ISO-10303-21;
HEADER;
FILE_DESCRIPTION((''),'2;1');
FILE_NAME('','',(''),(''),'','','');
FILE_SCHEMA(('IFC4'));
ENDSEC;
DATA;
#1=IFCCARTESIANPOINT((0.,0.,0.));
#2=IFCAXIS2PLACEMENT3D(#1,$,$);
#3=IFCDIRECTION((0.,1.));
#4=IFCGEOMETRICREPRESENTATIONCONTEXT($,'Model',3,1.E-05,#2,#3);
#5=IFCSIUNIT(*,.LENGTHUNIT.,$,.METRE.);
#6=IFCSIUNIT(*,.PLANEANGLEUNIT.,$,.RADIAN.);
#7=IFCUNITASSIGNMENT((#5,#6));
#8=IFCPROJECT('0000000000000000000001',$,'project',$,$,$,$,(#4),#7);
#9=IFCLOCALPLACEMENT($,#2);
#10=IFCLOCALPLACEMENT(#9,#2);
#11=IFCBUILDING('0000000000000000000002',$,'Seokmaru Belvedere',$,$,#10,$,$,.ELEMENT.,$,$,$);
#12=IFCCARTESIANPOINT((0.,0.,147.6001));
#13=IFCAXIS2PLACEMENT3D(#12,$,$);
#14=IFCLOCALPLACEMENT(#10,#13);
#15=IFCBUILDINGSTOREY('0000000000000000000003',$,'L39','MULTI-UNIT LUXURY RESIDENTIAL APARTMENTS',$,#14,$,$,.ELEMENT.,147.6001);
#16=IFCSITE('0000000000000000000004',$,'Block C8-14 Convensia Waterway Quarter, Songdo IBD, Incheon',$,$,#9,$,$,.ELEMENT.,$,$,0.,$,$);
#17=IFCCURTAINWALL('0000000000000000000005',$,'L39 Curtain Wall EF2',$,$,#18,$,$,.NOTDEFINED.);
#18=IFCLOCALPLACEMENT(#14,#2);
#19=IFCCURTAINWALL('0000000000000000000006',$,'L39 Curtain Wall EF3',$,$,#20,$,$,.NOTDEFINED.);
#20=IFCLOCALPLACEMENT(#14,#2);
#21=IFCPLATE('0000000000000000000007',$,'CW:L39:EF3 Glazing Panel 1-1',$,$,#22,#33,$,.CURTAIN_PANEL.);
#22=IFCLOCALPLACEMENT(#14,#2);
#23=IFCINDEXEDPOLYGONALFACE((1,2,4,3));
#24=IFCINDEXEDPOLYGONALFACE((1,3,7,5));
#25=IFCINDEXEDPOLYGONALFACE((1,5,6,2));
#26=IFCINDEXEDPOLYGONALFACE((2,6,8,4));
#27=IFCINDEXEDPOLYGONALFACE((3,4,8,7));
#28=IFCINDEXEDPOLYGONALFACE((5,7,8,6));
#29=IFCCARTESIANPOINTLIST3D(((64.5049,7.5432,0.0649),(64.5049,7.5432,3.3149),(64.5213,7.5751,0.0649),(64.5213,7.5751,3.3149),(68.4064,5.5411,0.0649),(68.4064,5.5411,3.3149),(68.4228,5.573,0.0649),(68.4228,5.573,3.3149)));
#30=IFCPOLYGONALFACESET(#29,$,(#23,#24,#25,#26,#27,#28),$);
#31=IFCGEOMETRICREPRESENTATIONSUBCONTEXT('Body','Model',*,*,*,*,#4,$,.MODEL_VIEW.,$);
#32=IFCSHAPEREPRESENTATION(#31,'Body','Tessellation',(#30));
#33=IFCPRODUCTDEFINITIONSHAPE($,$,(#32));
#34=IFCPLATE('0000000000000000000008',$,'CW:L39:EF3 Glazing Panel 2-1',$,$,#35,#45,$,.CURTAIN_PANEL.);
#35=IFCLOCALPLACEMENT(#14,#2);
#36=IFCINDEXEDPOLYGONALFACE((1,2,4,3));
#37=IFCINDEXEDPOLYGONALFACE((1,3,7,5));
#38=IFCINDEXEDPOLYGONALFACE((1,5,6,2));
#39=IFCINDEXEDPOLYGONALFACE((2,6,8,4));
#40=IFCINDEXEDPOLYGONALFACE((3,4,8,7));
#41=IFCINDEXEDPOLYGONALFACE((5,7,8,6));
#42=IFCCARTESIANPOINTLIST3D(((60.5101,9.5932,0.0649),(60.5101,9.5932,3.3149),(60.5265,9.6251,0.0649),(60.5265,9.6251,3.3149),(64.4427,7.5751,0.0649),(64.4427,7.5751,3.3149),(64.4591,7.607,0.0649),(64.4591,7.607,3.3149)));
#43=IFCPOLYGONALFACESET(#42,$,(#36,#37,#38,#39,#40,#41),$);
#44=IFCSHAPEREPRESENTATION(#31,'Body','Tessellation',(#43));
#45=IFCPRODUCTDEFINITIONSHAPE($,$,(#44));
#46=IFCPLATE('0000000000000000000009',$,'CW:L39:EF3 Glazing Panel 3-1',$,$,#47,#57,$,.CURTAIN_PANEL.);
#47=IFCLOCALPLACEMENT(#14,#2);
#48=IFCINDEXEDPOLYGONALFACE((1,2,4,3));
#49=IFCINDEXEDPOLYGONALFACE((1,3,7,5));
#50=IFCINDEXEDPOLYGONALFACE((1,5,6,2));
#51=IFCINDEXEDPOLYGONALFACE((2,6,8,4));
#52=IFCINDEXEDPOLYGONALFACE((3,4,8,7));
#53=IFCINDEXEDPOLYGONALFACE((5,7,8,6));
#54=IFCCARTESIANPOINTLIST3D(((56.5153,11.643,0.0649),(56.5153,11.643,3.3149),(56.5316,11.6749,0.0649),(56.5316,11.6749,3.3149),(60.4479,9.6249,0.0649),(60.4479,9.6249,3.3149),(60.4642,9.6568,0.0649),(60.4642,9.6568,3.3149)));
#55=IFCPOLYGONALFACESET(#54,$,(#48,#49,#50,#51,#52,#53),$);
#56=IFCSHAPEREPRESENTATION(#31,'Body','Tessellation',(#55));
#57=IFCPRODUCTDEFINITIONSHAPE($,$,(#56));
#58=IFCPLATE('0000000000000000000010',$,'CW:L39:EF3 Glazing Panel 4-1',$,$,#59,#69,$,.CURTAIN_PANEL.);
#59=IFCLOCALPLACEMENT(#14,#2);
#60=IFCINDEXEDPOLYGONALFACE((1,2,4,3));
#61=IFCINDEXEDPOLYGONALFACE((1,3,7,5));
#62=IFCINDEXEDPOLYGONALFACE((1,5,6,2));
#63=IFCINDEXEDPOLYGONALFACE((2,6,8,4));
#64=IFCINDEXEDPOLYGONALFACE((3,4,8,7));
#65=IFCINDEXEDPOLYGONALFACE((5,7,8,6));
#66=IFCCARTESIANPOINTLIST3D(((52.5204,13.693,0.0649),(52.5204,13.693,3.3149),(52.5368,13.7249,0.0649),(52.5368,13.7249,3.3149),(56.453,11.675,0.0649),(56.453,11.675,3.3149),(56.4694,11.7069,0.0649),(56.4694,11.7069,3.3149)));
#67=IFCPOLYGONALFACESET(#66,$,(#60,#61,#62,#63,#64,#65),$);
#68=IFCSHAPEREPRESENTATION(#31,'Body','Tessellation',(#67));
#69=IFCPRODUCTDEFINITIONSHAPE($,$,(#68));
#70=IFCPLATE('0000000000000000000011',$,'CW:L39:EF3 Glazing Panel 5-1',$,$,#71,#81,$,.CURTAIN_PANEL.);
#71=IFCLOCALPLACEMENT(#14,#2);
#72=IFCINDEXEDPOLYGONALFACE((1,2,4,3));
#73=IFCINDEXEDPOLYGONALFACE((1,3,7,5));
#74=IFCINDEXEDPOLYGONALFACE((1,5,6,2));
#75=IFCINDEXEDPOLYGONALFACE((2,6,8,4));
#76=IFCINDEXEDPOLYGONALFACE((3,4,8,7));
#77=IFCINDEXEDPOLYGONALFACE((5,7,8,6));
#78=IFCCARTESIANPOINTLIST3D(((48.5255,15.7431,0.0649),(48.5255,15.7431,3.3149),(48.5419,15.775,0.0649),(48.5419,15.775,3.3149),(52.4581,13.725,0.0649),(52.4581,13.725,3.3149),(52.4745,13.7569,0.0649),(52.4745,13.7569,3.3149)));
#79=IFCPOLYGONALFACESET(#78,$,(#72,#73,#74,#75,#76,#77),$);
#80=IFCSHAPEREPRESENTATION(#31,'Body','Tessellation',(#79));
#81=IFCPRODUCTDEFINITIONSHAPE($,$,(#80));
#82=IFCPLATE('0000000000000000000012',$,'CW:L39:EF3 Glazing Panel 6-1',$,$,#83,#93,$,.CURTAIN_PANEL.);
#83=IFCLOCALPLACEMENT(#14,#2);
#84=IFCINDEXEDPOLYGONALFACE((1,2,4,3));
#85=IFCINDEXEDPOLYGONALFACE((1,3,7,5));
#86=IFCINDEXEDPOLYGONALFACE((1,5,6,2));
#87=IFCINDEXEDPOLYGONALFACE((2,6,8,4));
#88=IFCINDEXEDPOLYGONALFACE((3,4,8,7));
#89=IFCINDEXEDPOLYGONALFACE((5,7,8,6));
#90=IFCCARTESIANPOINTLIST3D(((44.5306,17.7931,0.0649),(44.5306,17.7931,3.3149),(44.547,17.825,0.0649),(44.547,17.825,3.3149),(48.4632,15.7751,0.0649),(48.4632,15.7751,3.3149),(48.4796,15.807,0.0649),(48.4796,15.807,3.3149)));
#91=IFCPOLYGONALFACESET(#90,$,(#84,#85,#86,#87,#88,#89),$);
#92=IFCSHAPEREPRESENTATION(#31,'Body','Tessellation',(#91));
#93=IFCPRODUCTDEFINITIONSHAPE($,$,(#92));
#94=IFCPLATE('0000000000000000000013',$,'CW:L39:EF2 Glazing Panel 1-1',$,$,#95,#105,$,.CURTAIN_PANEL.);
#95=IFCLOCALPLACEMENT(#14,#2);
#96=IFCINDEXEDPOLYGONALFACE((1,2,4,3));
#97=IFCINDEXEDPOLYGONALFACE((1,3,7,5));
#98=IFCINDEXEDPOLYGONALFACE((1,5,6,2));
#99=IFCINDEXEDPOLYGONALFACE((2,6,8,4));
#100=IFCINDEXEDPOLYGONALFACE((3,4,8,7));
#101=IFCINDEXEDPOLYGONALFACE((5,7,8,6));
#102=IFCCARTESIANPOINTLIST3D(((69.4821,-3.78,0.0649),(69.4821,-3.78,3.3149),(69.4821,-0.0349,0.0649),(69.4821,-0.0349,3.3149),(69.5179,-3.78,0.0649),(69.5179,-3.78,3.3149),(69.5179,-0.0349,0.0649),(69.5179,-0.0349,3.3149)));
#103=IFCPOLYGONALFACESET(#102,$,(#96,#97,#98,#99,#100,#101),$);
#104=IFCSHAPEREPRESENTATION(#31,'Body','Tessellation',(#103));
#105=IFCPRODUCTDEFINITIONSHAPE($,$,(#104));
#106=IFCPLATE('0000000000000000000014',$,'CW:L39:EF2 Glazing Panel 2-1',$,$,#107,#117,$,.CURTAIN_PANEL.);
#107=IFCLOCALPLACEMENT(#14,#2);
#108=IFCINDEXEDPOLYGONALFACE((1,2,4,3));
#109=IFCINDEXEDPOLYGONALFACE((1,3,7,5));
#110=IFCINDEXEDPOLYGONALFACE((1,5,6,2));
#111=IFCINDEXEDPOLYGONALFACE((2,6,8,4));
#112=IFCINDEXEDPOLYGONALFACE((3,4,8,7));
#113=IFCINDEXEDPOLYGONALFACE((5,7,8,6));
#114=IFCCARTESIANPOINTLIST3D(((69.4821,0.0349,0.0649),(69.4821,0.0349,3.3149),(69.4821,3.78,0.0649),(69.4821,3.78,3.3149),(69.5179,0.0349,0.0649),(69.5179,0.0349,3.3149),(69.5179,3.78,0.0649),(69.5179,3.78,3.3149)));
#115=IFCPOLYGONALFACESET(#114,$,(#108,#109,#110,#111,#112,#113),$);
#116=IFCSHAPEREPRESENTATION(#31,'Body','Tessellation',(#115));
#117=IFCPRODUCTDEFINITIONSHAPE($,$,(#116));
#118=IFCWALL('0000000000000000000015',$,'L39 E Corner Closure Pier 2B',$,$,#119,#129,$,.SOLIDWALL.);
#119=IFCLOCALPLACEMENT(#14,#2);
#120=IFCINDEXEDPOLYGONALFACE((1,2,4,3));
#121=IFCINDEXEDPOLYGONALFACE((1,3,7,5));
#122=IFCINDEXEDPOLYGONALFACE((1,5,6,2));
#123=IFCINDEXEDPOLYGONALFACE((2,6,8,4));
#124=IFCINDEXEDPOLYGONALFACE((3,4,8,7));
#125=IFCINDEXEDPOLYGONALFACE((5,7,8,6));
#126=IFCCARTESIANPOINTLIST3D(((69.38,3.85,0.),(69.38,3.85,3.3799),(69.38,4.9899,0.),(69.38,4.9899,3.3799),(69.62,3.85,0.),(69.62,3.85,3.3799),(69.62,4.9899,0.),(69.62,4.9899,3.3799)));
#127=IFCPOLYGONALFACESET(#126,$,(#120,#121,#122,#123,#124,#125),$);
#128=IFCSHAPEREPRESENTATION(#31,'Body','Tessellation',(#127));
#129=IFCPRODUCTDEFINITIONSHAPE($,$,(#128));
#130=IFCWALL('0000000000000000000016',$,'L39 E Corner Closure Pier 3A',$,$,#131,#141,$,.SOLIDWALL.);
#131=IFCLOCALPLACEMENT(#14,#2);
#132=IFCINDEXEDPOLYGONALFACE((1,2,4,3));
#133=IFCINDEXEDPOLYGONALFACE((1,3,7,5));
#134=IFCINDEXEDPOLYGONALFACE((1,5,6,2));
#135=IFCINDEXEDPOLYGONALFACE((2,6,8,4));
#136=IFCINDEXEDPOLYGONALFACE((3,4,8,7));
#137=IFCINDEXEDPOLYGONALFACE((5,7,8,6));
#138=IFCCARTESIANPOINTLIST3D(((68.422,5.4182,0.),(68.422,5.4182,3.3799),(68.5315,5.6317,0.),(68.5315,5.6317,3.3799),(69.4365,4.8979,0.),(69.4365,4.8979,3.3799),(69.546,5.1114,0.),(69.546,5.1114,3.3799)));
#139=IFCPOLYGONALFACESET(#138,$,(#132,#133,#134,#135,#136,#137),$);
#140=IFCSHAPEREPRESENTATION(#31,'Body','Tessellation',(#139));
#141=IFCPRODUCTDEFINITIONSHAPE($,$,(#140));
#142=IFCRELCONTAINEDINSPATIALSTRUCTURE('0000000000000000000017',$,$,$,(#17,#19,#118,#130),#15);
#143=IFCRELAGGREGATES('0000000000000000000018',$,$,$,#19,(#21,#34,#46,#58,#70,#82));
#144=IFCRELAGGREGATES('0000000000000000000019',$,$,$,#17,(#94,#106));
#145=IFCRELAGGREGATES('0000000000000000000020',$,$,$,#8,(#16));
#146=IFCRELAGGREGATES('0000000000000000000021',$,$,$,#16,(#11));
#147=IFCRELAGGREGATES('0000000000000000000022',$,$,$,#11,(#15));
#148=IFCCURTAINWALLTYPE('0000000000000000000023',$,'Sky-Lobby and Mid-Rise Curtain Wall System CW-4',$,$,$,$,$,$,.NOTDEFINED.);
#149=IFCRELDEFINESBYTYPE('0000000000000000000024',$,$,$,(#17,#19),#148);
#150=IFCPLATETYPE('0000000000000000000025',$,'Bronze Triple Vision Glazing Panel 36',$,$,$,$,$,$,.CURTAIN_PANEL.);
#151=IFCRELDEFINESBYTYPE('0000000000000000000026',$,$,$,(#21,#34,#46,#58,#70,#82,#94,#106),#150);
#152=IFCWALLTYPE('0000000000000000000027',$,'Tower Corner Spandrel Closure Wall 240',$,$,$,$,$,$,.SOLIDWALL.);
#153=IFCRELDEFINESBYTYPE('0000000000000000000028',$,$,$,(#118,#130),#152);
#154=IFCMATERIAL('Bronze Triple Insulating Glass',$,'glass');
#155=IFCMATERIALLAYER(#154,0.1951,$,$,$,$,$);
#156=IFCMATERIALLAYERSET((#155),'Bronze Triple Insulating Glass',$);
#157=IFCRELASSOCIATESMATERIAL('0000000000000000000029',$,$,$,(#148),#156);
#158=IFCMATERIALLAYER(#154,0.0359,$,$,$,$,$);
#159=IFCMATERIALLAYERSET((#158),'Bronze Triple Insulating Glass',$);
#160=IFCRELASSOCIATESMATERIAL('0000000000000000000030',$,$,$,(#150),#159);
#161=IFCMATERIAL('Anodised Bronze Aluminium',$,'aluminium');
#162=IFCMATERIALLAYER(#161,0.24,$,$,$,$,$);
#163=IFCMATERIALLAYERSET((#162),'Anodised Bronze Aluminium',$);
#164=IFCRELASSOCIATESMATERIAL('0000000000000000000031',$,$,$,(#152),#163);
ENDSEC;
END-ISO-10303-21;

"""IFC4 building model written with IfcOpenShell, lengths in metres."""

from ifc_helpers import new_model, si_unit, direction, frame, frame_2d, origin, origin_2d, place, context, subcontext, project, spatial, rectangle, extrude, source, transform, mapped, material, layer, layer_set, type_object, type_shapes, element, aggregate, save


model = new_model("IFC4")

# Units and contexts
model_context = context("Model", 3, precision=1e-05, world=origin(), true_north=direction((0.0, 1.0)))
body_context = subcontext(model_context, "Body", "Model", "MODEL_VIEW")
ifc_project = project(units=[si_unit("LENGTHUNIT", "METRE"), si_unit("PLANEANGLEUNIT", "RADIAN")], contexts=[model_context])

# Site, building, storey
site_placement = place(None, origin())
site = spatial("IfcSite", under=ifc_project, at=site_placement, Name="Block C8-14 Convensia Waterway Quarter, Songdo IBD, Incheon", CompositionType="ELEMENT", RefElevation=0.0)
building_placement = place(site_placement, origin())
building = spatial("IfcBuilding", under=site, at=building_placement, Name="Seokmaru Belvedere", CompositionType="ELEMENT")
storey_placement = place(building_placement, frame((0.0, 0.0, 147.6001)))
storey = spatial("IfcBuildingStorey", under=building, at=storey_placement, Name="L39", Description="MULTI-UNIT LUXURY RESIDENTIAL APARTMENTS", CompositionType="ELEMENT", Elevation=147.6001)

# Curtain walls
ifc_material_1 = material(Name="Bronze Triple Insulating Glass", Category="glass")
ifc_layer_1 = layer(ifc_material_1, 0.1951)
ifc_layer_set_1 = layer_set([ifc_layer_1], Name="Bronze Triple Insulating Glass")
curtain_wall_type = type_object("IfcCurtainWallType", Name="Sky-Lobby and Mid-Rise Curtain Wall System CW-4", PredefinedType="NOTDEFINED", material=ifc_layer_set_1)
curtain_wall_1_placement = place(storey_placement, origin())
curtain_wall_1 = element("IfcCurtainWall", 1, at=curtain_wall_1_placement, inside=storey, type_object=curtain_wall_type, Name="L39 Curtain Wall EF2", PredefinedType="NOTDEFINED")
ifc_material_2 = material(Name="Anodised Bronze Aluminium", Category="aluminium")
curtain_wall_2_placement = place(storey_placement, origin())
curtain_wall_2 = element("IfcCurtainWall", 2, at=curtain_wall_2_placement, inside=storey, type_object=curtain_wall_type, Name="L39 Curtain Wall EF3", PredefinedType="NOTDEFINED")

# Plates
ifc_layer_2 = layer(ifc_material_1, 0.0359)
ifc_layer_set_2 = layer_set([ifc_layer_2], Name="Bronze Triple Insulating Glass")
plate_type = type_object("IfcPlateType", Name="Bronze Triple Vision Glazing Panel 36", PredefinedType="CURTAIN_PANEL", material=ifc_layer_set_2)
shared_shape_1 = source(origin(), body_context, "Body", "SweptSolid", [
    extrude(rectangle(XDim=4.3853, YDim=0.0359, at=origin_2d()), origin(), (0.0, 0.0, 1.0), 3.25),
])
plate_1_placement = place(storey_placement, frame((66.4639, 6.5581, 0.0649), z_axis=(0.0, 0.0, 1.0), x_axis=(-0.889695, 0.456555, 0.0)))
plate_1 = element("IfcPlate", 3, at=plate_1_placement, type_object=plate_type, Name="CW:L39:EF3 Glazing Panel 1-1", PredefinedType="CURTAIN_PANEL", context=body_context, shape_type="MappedRepresentation", body=[
    mapped(shared_shape_1, transform((0.0, 0.0, 0.0), scale=1.0)),
])
shared_shape_2 = source(origin(), body_context, "Body", "SweptSolid", [
    extrude(rectangle(XDim=4.4202, YDim=0.0359, at=origin_2d()), origin(), (0.0, 0.0, 1.0), 3.25),
])
plate_2_placement = place(storey_placement, frame((62.4846, 8.6001, 0.0649), z_axis=(0.0, 0.0, 1.0), x_axis=(-0.889695, 0.456555, 0.0)))
plate_2 = element("IfcPlate", 4, at=plate_2_placement, type_object=plate_type, Name="CW:L39:EF3 Glazing Panel 2-1", PredefinedType="CURTAIN_PANEL", context=body_context, shape_type="MappedRepresentation", body=[
    mapped(shared_shape_2, transform((0.0, 0.0, 0.0), scale=1.0)),
])
plate_3_placement = place(storey_placement, frame((58.4897, 10.6499, 0.0649), z_axis=(0.0, 0.0, 1.0), x_axis=(-0.889695, 0.456555, 0.0)))
plate_3 = element("IfcPlate", 5, at=plate_3_placement, type_object=plate_type, Name="CW:L39:EF3 Glazing Panel 3-1", PredefinedType="CURTAIN_PANEL", context=body_context, shape_type="MappedRepresentation", body=[
    mapped(shared_shape_2, transform((0.0, 0.0, 0.0), scale=1.0)),
])
plate_4_placement = place(storey_placement, frame((54.4949, 12.7, 0.0649), z_axis=(0.0, 0.0, 1.0), x_axis=(-0.889695, 0.456555, 0.0)))
plate_4 = element("IfcPlate", 6, at=plate_4_placement, type_object=plate_type, Name="CW:L39:EF3 Glazing Panel 4-1", PredefinedType="CURTAIN_PANEL", context=body_context, shape_type="MappedRepresentation", body=[
    mapped(shared_shape_2, transform((0.0, 0.0, 0.0), scale=1.0)),
])
plate_5_placement = place(storey_placement, frame((50.5, 14.75, 0.0649), z_axis=(0.0, 0.0, 1.0), x_axis=(-0.889695, 0.456555, 0.0)))
plate_5 = element("IfcPlate", 7, at=plate_5_placement, type_object=plate_type, Name="CW:L39:EF3 Glazing Panel 5-1", PredefinedType="CURTAIN_PANEL", context=body_context, shape_type="MappedRepresentation", body=[
    mapped(shared_shape_2, transform((0.0, 0.0, 0.0), scale=1.0)),
])
plate_6_placement = place(storey_placement, frame((46.5051, 16.8, 0.0649), z_axis=(0.0, 0.0, 1.0), x_axis=(-0.889695, 0.456555, 0.0)))
plate_6 = element("IfcPlate", 8, at=plate_6_placement, type_object=plate_type, Name="CW:L39:EF3 Glazing Panel 6-1", PredefinedType="CURTAIN_PANEL", context=body_context, shape_type="MappedRepresentation", body=[
    mapped(shared_shape_2, transform((0.0, 0.0, 0.0), scale=1.0)),
])
aggregate(curtain_wall_2, [plate_1, plate_2, plate_3, plate_4, plate_5, plate_6])
shared_shape_3 = source(origin(), body_context, "Body", "SweptSolid", [
    extrude(rectangle(XDim=3.7451, YDim=0.0359, at=origin_2d()), origin(), (0.0, 0.0, 1.0), 3.25),
])
type_shapes(plate_type, [shared_shape_1, shared_shape_2, shared_shape_3])
plate_7_placement = place(storey_placement, frame((69.5, -1.9075, 0.0649), z_axis=(0.0, 0.0, 1.0), x_axis=(0.0, 1.0, 0.0)))
plate_7 = element("IfcPlate", 9, at=plate_7_placement, type_object=plate_type, Name="CW:L39:EF2 Glazing Panel 1-1", PredefinedType="CURTAIN_PANEL", context=body_context, shape_type="MappedRepresentation", body=[
    mapped(shared_shape_3, transform((0.0, 0.0, 0.0), scale=1.0)),
])
plate_8_placement = place(storey_placement, frame((69.5, 1.9075, 0.0649), z_axis=(0.0, 0.0, 1.0), x_axis=(0.0, 1.0, 0.0)))
plate_8 = element("IfcPlate", 10, at=plate_8_placement, type_object=plate_type, Name="CW:L39:EF2 Glazing Panel 2-1", PredefinedType="CURTAIN_PANEL", context=body_context, shape_type="MappedRepresentation", body=[
    mapped(shared_shape_3, transform((0.0, 0.0, 0.0), scale=1.0)),
])
aggregate(curtain_wall_1, [plate_7, plate_8])

# Walls
ifc_layer_3 = layer(ifc_material_2, 0.24)
ifc_layer_set_3 = layer_set([ifc_layer_3], Name="Anodised Bronze Aluminium")
wall_type = type_object("IfcWallType", Name="Tower Corner Spandrel Closure Wall 240", PredefinedType="SOLIDWALL", material=ifc_layer_set_3)
wall_1_placement = place(storey_placement, frame((69.5, 3.8501, 0.0), z_axis=(0.0, 0.0, 1.0), x_axis=(0.0, 1.0, 0.0)))
element("IfcWall", 11, at=wall_1_placement, inside=storey, type_object=wall_type, Name="L39 E Corner Closure Pier 2B", PredefinedType="SOLIDWALL", context=body_context, shape_type="SweptSolid", body=[
    extrude(rectangle(XDim=1.1399, YDim=0.24, at=frame_2d((0.5698, 0.0))), origin(), (0.0, 0.0, 1.0), 3.3799),
])
wall_2_placement = place(storey_placement, frame((69.4912, 5.0046, 0.0), z_axis=(0.0, 0.0, 1.0), x_axis=(-0.889797, 0.456356, 0.0)))
element("IfcWall", 12, at=wall_2_placement, inside=storey, type_object=wall_type, Name="L39 E Corner Closure Pier 3A", PredefinedType="SOLIDWALL", context=body_context, shape_type="SweptSolid", body=[
    extrude(rectangle(XDim=1.1401, YDim=0.24, at=frame_2d((0.5701, 0.0))), origin(), (0.0, 0.0, 1.0), 3.3799),
])

save(model, "model.ifc")
